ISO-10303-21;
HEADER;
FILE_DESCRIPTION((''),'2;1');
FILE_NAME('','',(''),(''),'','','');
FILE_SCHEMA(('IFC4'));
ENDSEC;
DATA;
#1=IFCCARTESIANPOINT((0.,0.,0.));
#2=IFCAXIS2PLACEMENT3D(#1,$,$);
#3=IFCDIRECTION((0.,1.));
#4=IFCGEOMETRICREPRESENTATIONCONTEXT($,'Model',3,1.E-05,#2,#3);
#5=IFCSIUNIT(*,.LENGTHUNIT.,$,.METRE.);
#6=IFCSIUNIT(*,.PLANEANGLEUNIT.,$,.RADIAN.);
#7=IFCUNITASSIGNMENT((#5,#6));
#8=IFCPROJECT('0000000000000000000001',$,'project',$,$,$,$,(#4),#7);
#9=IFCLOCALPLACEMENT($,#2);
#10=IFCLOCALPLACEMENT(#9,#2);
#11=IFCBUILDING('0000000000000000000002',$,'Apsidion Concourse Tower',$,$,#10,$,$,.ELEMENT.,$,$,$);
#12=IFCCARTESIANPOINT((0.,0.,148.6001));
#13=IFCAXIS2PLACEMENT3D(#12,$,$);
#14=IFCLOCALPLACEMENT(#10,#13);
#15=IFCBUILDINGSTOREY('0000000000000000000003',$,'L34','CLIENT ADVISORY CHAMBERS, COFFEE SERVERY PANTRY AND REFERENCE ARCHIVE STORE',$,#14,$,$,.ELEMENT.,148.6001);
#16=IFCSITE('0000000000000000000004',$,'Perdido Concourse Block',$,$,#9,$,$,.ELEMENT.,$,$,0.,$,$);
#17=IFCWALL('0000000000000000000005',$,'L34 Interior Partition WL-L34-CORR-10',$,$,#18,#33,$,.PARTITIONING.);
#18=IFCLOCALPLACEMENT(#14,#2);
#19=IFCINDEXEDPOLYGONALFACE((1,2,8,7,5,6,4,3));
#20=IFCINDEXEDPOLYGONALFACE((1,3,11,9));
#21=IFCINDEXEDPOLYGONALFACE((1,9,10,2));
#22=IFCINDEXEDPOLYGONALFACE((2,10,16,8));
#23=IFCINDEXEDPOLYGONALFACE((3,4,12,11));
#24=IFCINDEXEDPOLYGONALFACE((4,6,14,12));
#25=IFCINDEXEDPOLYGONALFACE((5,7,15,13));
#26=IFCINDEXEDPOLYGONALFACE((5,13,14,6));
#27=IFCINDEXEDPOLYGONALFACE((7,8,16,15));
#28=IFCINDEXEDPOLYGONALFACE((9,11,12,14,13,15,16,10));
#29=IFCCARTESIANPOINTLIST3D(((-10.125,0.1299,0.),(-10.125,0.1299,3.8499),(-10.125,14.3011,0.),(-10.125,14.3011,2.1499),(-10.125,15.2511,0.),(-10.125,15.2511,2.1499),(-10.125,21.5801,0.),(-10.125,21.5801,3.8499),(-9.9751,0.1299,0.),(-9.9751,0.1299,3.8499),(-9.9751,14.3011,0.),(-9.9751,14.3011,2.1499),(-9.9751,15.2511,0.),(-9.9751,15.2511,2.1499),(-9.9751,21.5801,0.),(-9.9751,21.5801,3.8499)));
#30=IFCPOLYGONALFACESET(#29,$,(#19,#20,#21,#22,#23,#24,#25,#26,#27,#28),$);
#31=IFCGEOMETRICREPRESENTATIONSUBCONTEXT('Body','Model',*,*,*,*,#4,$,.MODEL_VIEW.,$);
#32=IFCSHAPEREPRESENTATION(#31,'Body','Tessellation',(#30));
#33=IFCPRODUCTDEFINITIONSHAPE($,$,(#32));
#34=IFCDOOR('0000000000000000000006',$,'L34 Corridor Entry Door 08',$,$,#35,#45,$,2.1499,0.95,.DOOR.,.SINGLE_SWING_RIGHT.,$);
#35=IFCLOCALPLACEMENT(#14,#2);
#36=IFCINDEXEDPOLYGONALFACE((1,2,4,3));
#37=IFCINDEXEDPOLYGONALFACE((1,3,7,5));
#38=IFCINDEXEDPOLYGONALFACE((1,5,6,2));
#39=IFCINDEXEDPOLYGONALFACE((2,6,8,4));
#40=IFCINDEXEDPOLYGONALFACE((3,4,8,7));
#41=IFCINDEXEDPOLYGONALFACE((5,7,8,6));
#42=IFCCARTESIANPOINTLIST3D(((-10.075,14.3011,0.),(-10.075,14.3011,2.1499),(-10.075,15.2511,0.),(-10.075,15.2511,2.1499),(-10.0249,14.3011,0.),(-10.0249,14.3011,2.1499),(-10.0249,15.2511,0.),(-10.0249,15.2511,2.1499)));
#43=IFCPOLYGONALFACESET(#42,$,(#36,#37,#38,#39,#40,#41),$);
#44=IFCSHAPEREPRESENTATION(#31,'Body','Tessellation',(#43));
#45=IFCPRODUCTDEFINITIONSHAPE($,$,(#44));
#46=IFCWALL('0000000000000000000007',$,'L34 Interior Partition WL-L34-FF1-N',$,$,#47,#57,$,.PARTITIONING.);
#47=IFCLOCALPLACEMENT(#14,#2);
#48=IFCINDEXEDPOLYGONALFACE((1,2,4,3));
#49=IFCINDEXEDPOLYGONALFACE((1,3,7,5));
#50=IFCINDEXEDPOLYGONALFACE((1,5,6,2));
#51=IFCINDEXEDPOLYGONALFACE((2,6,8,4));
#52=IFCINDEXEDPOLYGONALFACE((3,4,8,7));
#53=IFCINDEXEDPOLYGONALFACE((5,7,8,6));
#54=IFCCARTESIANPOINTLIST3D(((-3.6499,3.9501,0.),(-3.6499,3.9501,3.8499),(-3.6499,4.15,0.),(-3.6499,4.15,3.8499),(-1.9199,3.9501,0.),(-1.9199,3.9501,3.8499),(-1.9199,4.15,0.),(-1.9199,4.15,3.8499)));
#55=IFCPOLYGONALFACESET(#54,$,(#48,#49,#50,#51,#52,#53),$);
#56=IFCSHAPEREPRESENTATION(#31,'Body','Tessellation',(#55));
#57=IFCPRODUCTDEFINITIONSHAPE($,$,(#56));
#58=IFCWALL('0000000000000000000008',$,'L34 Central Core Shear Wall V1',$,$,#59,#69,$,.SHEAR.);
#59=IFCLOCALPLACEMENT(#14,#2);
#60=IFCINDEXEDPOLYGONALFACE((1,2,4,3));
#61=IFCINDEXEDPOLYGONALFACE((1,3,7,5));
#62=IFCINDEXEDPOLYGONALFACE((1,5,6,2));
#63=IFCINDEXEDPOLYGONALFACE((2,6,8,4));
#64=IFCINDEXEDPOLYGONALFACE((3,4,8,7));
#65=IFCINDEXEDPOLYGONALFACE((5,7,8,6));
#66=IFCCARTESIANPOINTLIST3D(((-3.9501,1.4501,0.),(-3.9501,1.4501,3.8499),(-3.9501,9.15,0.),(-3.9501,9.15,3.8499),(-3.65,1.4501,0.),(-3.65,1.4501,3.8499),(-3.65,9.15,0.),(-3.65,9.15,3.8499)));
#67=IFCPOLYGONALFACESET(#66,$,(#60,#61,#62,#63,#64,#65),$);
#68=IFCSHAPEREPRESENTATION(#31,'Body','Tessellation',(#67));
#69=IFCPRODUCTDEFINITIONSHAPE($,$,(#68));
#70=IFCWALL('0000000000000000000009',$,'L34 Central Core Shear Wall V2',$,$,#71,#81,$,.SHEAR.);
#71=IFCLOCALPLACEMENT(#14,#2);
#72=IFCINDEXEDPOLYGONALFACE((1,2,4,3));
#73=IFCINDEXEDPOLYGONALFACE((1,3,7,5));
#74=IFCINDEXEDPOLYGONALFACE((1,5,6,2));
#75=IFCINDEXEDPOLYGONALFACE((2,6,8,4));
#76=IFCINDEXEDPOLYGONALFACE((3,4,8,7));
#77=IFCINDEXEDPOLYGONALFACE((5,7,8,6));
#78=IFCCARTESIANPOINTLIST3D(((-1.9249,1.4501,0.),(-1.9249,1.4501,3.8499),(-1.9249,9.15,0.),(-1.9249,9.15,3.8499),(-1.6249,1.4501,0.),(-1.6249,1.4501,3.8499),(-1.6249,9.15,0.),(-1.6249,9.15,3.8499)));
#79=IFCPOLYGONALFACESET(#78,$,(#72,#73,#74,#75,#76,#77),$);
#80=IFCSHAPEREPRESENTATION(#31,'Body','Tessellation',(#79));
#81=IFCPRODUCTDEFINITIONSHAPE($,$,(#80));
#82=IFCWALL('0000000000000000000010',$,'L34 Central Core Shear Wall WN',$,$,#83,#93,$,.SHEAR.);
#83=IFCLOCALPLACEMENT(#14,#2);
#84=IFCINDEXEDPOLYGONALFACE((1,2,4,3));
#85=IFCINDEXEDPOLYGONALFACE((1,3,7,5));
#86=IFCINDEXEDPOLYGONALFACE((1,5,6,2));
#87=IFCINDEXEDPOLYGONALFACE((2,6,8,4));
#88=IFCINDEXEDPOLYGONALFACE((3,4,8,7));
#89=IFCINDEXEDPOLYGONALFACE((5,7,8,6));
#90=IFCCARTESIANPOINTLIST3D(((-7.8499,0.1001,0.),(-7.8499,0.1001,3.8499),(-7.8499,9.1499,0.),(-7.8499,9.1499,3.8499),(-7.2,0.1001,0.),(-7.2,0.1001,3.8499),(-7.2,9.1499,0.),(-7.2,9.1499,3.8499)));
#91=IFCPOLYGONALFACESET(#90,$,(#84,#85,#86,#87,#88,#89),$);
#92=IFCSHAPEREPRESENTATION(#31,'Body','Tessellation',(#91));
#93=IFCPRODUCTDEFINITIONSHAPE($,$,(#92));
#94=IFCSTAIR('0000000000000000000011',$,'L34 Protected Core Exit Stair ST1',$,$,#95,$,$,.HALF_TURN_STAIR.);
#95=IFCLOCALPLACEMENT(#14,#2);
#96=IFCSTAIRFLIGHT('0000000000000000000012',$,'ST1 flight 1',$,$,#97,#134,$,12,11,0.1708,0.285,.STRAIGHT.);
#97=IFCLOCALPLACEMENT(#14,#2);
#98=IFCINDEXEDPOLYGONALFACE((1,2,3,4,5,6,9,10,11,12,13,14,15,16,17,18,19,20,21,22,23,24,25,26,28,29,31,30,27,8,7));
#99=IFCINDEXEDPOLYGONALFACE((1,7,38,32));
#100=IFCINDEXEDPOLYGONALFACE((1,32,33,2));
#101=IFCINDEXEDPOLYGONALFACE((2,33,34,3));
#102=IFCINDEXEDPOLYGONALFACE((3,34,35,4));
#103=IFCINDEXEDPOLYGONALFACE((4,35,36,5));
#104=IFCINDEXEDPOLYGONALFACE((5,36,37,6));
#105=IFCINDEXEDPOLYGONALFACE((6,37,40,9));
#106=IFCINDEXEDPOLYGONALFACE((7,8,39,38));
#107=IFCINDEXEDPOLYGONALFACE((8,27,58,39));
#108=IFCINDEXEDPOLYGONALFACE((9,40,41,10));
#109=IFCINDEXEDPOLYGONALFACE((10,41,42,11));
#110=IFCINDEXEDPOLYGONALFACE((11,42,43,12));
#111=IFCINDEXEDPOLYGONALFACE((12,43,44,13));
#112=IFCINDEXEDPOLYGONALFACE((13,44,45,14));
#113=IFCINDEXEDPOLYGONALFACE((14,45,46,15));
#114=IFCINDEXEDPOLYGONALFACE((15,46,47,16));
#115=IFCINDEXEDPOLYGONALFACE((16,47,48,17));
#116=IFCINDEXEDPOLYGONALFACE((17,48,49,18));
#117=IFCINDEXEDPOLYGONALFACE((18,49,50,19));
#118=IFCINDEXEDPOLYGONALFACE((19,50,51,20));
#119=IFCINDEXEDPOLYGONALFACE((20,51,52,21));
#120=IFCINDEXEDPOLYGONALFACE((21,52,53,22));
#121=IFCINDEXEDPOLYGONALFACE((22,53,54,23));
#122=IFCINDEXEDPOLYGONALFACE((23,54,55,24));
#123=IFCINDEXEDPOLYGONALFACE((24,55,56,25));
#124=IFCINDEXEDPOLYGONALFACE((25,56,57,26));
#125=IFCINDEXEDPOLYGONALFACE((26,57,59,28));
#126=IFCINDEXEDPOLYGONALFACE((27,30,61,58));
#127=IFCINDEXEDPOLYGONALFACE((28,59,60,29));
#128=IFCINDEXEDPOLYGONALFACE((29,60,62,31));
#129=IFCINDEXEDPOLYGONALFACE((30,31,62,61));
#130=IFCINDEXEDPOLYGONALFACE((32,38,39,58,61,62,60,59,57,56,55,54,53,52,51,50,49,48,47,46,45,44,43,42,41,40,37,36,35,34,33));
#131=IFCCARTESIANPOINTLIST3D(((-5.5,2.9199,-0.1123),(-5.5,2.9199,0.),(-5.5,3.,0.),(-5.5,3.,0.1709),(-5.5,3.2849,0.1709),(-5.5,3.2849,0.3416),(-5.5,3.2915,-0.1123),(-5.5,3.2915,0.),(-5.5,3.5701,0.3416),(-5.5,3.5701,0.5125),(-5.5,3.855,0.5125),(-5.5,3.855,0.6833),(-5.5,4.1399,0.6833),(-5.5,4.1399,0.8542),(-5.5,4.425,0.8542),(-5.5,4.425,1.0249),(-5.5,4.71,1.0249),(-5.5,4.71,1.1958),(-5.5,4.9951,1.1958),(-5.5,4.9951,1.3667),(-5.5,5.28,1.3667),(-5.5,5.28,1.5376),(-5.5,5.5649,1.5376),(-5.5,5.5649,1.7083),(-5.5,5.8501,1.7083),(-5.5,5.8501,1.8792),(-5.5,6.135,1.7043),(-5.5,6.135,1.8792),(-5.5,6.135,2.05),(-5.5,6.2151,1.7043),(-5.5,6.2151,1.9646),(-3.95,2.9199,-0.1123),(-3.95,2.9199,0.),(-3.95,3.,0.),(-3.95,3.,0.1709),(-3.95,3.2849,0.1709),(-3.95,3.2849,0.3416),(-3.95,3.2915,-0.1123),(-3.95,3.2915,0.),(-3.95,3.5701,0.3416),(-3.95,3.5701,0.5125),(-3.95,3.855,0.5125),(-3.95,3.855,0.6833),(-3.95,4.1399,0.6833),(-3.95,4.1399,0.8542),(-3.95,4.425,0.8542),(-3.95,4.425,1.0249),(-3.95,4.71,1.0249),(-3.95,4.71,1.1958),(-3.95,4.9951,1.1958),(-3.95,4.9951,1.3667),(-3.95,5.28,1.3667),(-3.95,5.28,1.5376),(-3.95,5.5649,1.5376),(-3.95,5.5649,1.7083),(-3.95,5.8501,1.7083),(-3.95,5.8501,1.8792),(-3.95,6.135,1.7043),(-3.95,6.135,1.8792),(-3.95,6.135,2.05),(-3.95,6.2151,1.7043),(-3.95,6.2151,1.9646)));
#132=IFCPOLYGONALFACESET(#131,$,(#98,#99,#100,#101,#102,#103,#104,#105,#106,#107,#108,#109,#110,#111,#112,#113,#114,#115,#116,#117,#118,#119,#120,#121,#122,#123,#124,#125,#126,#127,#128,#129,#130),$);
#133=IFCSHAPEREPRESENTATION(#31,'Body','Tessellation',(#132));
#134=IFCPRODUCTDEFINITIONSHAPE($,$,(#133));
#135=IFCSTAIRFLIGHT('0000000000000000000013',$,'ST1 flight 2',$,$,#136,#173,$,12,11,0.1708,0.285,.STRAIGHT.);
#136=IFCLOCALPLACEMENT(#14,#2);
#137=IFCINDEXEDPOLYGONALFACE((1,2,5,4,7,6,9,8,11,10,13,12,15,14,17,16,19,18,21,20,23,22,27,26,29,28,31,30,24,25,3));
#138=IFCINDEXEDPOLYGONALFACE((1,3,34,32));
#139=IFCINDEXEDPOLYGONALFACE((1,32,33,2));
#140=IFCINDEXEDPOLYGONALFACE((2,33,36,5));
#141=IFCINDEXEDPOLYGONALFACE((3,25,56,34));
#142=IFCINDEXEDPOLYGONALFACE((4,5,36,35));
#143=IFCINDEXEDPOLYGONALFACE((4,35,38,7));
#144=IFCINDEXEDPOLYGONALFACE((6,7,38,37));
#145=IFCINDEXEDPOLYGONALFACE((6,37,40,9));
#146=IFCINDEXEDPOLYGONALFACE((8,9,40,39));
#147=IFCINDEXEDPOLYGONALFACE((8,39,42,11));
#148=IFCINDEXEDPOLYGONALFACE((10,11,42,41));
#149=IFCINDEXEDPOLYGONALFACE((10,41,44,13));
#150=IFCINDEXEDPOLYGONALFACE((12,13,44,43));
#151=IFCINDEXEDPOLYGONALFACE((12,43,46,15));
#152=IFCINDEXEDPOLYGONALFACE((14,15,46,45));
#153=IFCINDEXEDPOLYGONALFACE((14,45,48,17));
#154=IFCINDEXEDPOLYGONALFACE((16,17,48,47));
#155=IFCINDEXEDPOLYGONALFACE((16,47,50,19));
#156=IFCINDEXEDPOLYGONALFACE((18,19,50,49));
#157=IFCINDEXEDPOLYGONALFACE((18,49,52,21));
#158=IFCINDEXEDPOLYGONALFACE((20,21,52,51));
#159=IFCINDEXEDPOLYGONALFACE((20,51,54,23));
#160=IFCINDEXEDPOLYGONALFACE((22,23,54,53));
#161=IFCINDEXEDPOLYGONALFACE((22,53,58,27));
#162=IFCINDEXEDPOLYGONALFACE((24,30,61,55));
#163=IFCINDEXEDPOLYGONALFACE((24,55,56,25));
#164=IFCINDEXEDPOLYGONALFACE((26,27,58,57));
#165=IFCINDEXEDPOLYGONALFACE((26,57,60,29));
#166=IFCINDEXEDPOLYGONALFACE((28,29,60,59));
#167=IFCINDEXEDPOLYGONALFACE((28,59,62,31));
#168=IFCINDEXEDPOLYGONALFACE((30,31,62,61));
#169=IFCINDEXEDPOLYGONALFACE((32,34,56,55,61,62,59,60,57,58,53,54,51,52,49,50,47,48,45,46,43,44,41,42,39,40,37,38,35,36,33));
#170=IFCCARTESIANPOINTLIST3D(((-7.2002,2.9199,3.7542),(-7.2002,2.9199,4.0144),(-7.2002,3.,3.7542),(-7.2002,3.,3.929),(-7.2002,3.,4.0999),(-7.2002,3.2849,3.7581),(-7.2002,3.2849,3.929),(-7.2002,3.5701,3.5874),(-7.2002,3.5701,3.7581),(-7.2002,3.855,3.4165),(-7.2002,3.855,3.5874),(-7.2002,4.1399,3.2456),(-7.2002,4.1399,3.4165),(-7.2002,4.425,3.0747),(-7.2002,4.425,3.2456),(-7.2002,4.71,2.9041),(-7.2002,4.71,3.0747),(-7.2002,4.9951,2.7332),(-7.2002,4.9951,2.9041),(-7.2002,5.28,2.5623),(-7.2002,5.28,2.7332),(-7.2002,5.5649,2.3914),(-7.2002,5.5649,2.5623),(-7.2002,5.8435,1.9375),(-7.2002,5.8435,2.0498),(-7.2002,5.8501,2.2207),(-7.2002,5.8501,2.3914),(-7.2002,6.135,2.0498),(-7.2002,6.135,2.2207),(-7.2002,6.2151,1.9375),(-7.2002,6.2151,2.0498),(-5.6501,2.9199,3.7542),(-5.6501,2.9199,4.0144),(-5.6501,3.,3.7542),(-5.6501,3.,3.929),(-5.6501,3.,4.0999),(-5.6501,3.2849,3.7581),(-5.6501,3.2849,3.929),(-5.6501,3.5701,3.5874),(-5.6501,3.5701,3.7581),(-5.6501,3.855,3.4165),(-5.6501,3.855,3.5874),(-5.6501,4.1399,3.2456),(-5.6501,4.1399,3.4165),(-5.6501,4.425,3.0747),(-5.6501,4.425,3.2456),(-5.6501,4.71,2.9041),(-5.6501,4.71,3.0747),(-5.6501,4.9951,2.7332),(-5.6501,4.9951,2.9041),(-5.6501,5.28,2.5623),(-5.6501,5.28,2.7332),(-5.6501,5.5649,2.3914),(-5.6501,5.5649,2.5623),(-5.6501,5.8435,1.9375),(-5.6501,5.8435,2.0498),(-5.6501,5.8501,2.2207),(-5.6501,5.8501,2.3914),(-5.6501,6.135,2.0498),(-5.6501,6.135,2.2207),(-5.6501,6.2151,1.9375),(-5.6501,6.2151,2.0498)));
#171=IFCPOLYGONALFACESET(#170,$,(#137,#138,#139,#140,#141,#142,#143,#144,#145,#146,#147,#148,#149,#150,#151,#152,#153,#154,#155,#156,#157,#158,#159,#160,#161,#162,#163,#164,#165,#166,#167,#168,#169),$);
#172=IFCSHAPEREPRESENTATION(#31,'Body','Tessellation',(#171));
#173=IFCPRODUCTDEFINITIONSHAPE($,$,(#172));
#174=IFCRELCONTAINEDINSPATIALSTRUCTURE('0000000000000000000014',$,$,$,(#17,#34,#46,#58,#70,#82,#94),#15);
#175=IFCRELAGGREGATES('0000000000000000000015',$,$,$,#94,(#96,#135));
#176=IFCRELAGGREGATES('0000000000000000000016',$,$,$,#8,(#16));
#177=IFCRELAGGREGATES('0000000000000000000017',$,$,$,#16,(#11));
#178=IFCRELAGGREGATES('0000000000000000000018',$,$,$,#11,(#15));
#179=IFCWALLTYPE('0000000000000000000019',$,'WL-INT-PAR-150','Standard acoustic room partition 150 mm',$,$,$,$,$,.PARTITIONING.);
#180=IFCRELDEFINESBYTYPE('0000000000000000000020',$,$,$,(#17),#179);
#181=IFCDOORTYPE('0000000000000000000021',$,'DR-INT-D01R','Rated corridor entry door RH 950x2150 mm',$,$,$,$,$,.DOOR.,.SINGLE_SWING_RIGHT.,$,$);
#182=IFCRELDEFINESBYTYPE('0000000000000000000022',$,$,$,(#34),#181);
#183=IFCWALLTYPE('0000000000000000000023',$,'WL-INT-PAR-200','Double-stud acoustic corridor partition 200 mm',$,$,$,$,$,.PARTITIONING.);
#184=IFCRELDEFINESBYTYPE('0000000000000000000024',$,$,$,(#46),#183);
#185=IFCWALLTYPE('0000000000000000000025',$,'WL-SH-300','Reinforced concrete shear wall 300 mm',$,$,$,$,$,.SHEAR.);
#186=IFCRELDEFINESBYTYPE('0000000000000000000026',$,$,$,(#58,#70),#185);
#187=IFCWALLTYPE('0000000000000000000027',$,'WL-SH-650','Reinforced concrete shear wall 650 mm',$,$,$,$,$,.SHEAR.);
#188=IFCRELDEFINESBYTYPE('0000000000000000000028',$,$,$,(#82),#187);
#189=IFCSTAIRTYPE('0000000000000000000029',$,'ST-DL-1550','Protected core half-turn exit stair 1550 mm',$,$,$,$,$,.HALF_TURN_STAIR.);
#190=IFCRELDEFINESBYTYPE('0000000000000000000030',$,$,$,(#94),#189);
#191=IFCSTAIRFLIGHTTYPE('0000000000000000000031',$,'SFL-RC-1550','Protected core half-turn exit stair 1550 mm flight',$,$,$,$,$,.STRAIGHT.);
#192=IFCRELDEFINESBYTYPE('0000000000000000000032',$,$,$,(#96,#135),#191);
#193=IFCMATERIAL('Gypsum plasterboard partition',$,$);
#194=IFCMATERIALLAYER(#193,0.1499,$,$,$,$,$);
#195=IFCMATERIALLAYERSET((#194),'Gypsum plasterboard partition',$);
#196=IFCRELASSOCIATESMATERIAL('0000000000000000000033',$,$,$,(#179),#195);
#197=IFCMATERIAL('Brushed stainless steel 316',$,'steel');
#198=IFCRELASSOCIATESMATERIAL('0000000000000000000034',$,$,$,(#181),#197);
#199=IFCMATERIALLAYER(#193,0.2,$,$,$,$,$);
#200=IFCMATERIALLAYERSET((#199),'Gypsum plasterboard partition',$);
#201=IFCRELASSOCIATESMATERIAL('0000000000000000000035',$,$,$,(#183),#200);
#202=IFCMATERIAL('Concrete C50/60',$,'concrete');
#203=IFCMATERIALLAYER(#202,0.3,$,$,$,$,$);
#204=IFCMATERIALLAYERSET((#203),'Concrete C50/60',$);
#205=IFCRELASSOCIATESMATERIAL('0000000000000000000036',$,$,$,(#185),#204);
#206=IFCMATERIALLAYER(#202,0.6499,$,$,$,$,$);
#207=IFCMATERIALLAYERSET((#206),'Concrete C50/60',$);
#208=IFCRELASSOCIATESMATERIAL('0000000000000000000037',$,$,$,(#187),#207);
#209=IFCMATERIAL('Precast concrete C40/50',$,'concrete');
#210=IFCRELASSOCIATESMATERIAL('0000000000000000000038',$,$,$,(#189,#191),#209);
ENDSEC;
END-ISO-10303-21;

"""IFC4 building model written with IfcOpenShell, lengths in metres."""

from ifc_helpers import new_model, si_unit, direction, frame, frame_2d, origin, place, context, subcontext, project, spatial, polyline, rectangle, outline, extrude, material, layer, layer_set, type_object, element, fill, aggregate, save


model = new_model("IFC4")

# Units and contexts
model_context = context("Model", 3, precision=1e-05, world=origin(), true_north=direction((0.0, 1.0)))
body_context = subcontext(model_context, "Body", "Model", "MODEL_VIEW")
ifc_project = project(units=[si_unit("LENGTHUNIT", "METRE"), si_unit("PLANEANGLEUNIT", "RADIAN")], contexts=[model_context])

# Site, building, storey
site_placement = place(None, origin())
site = spatial("IfcSite", under=ifc_project, at=site_placement, Name="Perdido Concourse Block", CompositionType="ELEMENT", RefElevation=0.0)
building_placement = place(site_placement, origin())
building = spatial("IfcBuilding", under=site, at=building_placement, Name="Apsidion Concourse Tower", CompositionType="ELEMENT")
storey_placement = place(building_placement, frame((0.0, 0.0, 148.6001)))
storey = spatial("IfcBuildingStorey", under=building, at=storey_placement, Name="L34", Description="CLIENT ADVISORY CHAMBERS, COFFEE SERVERY PANTRY AND REFERENCE ARCHIVE STORE", CompositionType="ELEMENT", Elevation=148.6001)

# Shared definitions
ifc_material_1 = material(Name="Concrete C50/60", Category="concrete")

# Wall, opening, door
ifc_material_2 = material(Name="Gypsum plasterboard partition")
ifc_layer_1 = layer(ifc_material_2, 0.1499)
ifc_layer_set_1 = layer_set([ifc_layer_1], Name="Gypsum plasterboard partition")
wall_type_1 = type_object("IfcWallType", Name="WL-INT-PAR-150", Description="Standard acoustic room partition 150 mm", PredefinedType="PARTITIONING", material=ifc_layer_set_1)
ifc_material_3 = material(Name="Brushed stainless steel 316", Category="steel")
wall_1_placement = place(storey_placement, frame((-10.05, 0.1299, 0.0), z_axis=(0.0, 0.0, 1.0), x_axis=(0.0, 1.0, 0.0)))
wall_1 = element("IfcWall", 1, at=wall_1_placement, inside=storey, type_object=wall_type_1, Name="L34 Interior Partition WL-L34-CORR-10", PredefinedType="PARTITIONING", context=body_context, shape_type="SweptSolid", body=[
    extrude(rectangle(XDim=21.4502, YDim=0.1499, at=frame_2d((10.7251, 0.0))), origin(), (0.0, 0.0, 1.0), 3.8499),
])
opening_1_placement = place(wall_1_placement, frame((14.1711, 0.0, 0.0)))
opening_1 = element("IfcOpeningElement", 2, at=opening_1_placement, cuts=wall_1, PredefinedType="OPENING", context=body_context, shape_type="SweptSolid", body=[
    extrude(rectangle(XDim=0.95, YDim=2.1499, at=frame_2d((0.4751, 1.075))), frame((0.0, 0.085, 0.0), z_axis=(0.0, -1.0, 0.0), x_axis=(1.0, 0.0, 0.0)), (0.0, 0.0, 1.0), 0.1699),
])
door_type_1 = type_object("IfcDoorType", Name="DR-INT-D01R", Description="Rated corridor entry door RH 950x2150 mm", OperationType="SINGLE_SWING_RIGHT", PredefinedType="DOOR", material=ifc_material_3)
door_1_placement = place(opening_1_placement, origin())
door_1 = element("IfcDoor", 3, at=door_1_placement, inside=storey, type_object=door_type_1, Name="L34 Corridor Entry Door 08", OperationType="SINGLE_SWING_RIGHT", OverallHeight=2.1499, OverallWidth=0.95, PredefinedType="DOOR", context=body_context, shape_type="SweptSolid", body=[
    extrude(rectangle(XDim=0.95, YDim=2.1499, at=frame_2d((0.4751, 1.075))), frame((0.0, 0.0249, 0.0), z_axis=(0.0, -1.0, 0.0), x_axis=(1.0, 0.0, 0.0)), (0.0, 0.0, 1.0), 0.05),
])
fill(opening_1, door_1)

# Walls
ifc_layer_2 = layer(ifc_material_2, 0.2)
ifc_layer_set_2 = layer_set([ifc_layer_2], Name="Gypsum plasterboard partition")
wall_type_2 = type_object("IfcWallType", Name="WL-INT-PAR-200", Description="Double-stud acoustic corridor partition 200 mm", PredefinedType="PARTITIONING", material=ifc_layer_set_2)
wall_2_placement = place(storey_placement, frame((-3.6499, 4.05, 0.0), z_axis=(0.0, 0.0, 1.0), x_axis=(1.0, 0.0, 0.0)))
element("IfcWall", 4, at=wall_2_placement, inside=storey, type_object=wall_type_2, Name="L34 Interior Partition WL-L34-FF1-N", PredefinedType="PARTITIONING", context=body_context, shape_type="SweptSolid", body=[
    extrude(rectangle(XDim=1.73, YDim=0.2, at=frame_2d((0.865, 0.0))), origin(), (0.0, 0.0, 1.0), 3.8499),
])
ifc_layer_3 = layer(ifc_material_1, 0.3)
ifc_layer_set_3 = layer_set([ifc_layer_3], Name="Concrete C50/60")
wall_type_3 = type_object("IfcWallType", Name="WL-SH-300", Description="Reinforced concrete shear wall 300 mm", PredefinedType="SHEAR", material=ifc_layer_set_3)
for number, where, z_axis, x_axis, name in (
    (5, (-3.8, 1.45, 0.0), (0.0, 0.0, 1.0), (0.0, 1.0, 0.0), "L34 Central Core Shear Wall V1"),
    (6, (-1.7749, 1.45, 0.0), (0.0, 0.0, 1.0), (0.0, 1.0, 0.0), "L34 Central Core Shear Wall V2"),
):
    element("IfcWall", number, at=place(storey_placement, frame(where, z_axis=z_axis, x_axis=x_axis)), inside=storey, type_object=wall_type_3, Name=name, PredefinedType="SHEAR", context=body_context, shape_type="SweptSolid", body=[
        extrude(rectangle(XDim=7.7, YDim=0.3, at=frame_2d((3.8501, 0.0))), origin(), (0.0, 0.0, 1.0), 3.8499),
    ])

# Wall
ifc_layer_4 = layer(ifc_material_1, 0.6499)
ifc_layer_set_4 = layer_set([ifc_layer_4], Name="Concrete C50/60")
wall_type_4 = type_object("IfcWallType", Name="WL-SH-650", Description="Reinforced concrete shear wall 650 mm", PredefinedType="SHEAR", material=ifc_layer_set_4)
wall_3_placement = place(storey_placement, frame((-7.5249, 0.1001, 0.0), z_axis=(0.0, 0.0, 1.0), x_axis=(0.0, 1.0, 0.0)))
element("IfcWall", 7, at=wall_3_placement, inside=storey, type_object=wall_type_4, Name="L34 Central Core Shear Wall WN", PredefinedType="SHEAR", context=body_context, shape_type="SweptSolid", body=[
    extrude(rectangle(XDim=9.0498, YDim=0.6499, at=frame_2d((4.5249, 0.0))), origin(), (0.0, 0.0, 1.0), 3.8499),
])

# Stair, stair flights
ifc_material_4 = material(Name="Precast concrete C40/50", Category="concrete")
stair_type = type_object("IfcStairType", Name="ST-DL-1550", Description="Protected core half-turn exit stair 1550 mm", PredefinedType="HALF_TURN_STAIR", material=ifc_material_4)
stair_placement = place(storey_placement, origin())
stair = element("IfcStair", 8, at=stair_placement, inside=storey, type_object=stair_type, Name="L34 Protected Core Exit Stair ST1", PredefinedType="HALF_TURN_STAIR")
stair_flight_type = type_object("IfcStairFlightType", Name="SFL-RC-1550", Description="Protected core half-turn exit stair 1550 mm flight", PredefinedType="STRAIGHT", material=ifc_material_4)
stair_flight_1_placement = place(storey_placement, frame((-4.7251, 3.0, 0.0), z_axis=(0.0, 0.0, 1.0), x_axis=(0.0, 1.0, 0.0)))
stair_flight_1 = element("IfcStairFlight", 9, at=stair_flight_1_placement, type_object=stair_flight_type, Name="ST1 flight 1", NumberOfRisers=12, NumberOfTreads=11, PredefinedType="STRAIGHT", RiserHeight=0.1708, TreadLength=0.285, context=body_context, shape_type="SweptSolid", body=[
    extrude(outline(polyline([(-0.0801, -0.1123), (-0.0801, 0.0), (0.0, 0.0), (0.0, 0.1709), (0.2849, 0.1709), (0.2849, 0.3416), (0.5701, 0.3416), (0.5701, 0.5125), (0.855, 0.5125), (0.855, 0.6833), (1.1399, 0.6833), (1.1399, 0.8542), (1.425, 0.8542), (1.425, 1.0249), (1.71, 1.0249), (1.71, 1.1958), (1.9951, 1.1958), (1.9951, 1.3667), (2.28, 1.3667), (2.28, 1.5376), (2.5649, 1.5376), (2.5649, 1.7083), (2.8501, 1.7083), (2.8501, 1.8792), (3.135, 1.8792), (3.135, 2.05), (3.2151, 1.9646), (3.2151, 1.7043), (3.135, 1.7043), (0.2915, 0.0), (0.2915, -0.1123), (-0.0801, -0.1123)])), frame((0.0, 0.7749, 0.0), z_axis=(0.0, -1.0, 0.0), x_axis=(1.0, 0.0, 0.0)), (0.0, 0.0, 1.0), 1.55),
])
stair_flight_2_placement = place(storey_placement, frame((-6.425, 6.135, 2.0498), z_axis=(0.0, 0.0, 1.0), x_axis=(0.0, -1.0, 0.0)))
stair_flight_2 = element("IfcStairFlight", 10, at=stair_flight_2_placement, type_object=stair_flight_type, Name="ST1 flight 2", NumberOfRisers=12, NumberOfTreads=11, PredefinedType="STRAIGHT", RiserHeight=0.1708, TreadLength=0.285, context=body_context, shape_type="SweptSolid", body=[
    extrude(outline(polyline([(-0.0801, -0.1123), (-0.0801, 0.0), (0.0, 0.0), (0.0, 0.1709), (0.2849, 0.1709), (0.2849, 0.3416), (0.5701, 0.3416), (0.5701, 0.5125), (0.855, 0.5125), (0.855, 0.6833), (1.1399, 0.6833), (1.1399, 0.8542), (1.425, 0.8542), (1.425, 1.0249), (1.71, 1.0249), (1.71, 1.1958), (1.9951, 1.1958), (1.9951, 1.3667), (2.28, 1.3667), (2.28, 1.5376), (2.5649, 1.5376), (2.5649, 1.7083), (2.8501, 1.7083), (2.8501, 1.8792), (3.135, 1.8792), (3.135, 2.05), (3.2151, 1.9646), (3.2151, 1.7043), (3.135, 1.7043), (0.2915, 0.0), (0.2915, -0.1123), (-0.0801, -0.1123)])), frame((0.0, 0.7749, 0.0), z_axis=(0.0, -1.0, 0.0), x_axis=(1.0, 0.0, 0.0)), (0.0, 0.0, 1.0), 1.55),
])
aggregate(stair, [stair_flight_1, stair_flight_2])

save(model, "model.ifc")
